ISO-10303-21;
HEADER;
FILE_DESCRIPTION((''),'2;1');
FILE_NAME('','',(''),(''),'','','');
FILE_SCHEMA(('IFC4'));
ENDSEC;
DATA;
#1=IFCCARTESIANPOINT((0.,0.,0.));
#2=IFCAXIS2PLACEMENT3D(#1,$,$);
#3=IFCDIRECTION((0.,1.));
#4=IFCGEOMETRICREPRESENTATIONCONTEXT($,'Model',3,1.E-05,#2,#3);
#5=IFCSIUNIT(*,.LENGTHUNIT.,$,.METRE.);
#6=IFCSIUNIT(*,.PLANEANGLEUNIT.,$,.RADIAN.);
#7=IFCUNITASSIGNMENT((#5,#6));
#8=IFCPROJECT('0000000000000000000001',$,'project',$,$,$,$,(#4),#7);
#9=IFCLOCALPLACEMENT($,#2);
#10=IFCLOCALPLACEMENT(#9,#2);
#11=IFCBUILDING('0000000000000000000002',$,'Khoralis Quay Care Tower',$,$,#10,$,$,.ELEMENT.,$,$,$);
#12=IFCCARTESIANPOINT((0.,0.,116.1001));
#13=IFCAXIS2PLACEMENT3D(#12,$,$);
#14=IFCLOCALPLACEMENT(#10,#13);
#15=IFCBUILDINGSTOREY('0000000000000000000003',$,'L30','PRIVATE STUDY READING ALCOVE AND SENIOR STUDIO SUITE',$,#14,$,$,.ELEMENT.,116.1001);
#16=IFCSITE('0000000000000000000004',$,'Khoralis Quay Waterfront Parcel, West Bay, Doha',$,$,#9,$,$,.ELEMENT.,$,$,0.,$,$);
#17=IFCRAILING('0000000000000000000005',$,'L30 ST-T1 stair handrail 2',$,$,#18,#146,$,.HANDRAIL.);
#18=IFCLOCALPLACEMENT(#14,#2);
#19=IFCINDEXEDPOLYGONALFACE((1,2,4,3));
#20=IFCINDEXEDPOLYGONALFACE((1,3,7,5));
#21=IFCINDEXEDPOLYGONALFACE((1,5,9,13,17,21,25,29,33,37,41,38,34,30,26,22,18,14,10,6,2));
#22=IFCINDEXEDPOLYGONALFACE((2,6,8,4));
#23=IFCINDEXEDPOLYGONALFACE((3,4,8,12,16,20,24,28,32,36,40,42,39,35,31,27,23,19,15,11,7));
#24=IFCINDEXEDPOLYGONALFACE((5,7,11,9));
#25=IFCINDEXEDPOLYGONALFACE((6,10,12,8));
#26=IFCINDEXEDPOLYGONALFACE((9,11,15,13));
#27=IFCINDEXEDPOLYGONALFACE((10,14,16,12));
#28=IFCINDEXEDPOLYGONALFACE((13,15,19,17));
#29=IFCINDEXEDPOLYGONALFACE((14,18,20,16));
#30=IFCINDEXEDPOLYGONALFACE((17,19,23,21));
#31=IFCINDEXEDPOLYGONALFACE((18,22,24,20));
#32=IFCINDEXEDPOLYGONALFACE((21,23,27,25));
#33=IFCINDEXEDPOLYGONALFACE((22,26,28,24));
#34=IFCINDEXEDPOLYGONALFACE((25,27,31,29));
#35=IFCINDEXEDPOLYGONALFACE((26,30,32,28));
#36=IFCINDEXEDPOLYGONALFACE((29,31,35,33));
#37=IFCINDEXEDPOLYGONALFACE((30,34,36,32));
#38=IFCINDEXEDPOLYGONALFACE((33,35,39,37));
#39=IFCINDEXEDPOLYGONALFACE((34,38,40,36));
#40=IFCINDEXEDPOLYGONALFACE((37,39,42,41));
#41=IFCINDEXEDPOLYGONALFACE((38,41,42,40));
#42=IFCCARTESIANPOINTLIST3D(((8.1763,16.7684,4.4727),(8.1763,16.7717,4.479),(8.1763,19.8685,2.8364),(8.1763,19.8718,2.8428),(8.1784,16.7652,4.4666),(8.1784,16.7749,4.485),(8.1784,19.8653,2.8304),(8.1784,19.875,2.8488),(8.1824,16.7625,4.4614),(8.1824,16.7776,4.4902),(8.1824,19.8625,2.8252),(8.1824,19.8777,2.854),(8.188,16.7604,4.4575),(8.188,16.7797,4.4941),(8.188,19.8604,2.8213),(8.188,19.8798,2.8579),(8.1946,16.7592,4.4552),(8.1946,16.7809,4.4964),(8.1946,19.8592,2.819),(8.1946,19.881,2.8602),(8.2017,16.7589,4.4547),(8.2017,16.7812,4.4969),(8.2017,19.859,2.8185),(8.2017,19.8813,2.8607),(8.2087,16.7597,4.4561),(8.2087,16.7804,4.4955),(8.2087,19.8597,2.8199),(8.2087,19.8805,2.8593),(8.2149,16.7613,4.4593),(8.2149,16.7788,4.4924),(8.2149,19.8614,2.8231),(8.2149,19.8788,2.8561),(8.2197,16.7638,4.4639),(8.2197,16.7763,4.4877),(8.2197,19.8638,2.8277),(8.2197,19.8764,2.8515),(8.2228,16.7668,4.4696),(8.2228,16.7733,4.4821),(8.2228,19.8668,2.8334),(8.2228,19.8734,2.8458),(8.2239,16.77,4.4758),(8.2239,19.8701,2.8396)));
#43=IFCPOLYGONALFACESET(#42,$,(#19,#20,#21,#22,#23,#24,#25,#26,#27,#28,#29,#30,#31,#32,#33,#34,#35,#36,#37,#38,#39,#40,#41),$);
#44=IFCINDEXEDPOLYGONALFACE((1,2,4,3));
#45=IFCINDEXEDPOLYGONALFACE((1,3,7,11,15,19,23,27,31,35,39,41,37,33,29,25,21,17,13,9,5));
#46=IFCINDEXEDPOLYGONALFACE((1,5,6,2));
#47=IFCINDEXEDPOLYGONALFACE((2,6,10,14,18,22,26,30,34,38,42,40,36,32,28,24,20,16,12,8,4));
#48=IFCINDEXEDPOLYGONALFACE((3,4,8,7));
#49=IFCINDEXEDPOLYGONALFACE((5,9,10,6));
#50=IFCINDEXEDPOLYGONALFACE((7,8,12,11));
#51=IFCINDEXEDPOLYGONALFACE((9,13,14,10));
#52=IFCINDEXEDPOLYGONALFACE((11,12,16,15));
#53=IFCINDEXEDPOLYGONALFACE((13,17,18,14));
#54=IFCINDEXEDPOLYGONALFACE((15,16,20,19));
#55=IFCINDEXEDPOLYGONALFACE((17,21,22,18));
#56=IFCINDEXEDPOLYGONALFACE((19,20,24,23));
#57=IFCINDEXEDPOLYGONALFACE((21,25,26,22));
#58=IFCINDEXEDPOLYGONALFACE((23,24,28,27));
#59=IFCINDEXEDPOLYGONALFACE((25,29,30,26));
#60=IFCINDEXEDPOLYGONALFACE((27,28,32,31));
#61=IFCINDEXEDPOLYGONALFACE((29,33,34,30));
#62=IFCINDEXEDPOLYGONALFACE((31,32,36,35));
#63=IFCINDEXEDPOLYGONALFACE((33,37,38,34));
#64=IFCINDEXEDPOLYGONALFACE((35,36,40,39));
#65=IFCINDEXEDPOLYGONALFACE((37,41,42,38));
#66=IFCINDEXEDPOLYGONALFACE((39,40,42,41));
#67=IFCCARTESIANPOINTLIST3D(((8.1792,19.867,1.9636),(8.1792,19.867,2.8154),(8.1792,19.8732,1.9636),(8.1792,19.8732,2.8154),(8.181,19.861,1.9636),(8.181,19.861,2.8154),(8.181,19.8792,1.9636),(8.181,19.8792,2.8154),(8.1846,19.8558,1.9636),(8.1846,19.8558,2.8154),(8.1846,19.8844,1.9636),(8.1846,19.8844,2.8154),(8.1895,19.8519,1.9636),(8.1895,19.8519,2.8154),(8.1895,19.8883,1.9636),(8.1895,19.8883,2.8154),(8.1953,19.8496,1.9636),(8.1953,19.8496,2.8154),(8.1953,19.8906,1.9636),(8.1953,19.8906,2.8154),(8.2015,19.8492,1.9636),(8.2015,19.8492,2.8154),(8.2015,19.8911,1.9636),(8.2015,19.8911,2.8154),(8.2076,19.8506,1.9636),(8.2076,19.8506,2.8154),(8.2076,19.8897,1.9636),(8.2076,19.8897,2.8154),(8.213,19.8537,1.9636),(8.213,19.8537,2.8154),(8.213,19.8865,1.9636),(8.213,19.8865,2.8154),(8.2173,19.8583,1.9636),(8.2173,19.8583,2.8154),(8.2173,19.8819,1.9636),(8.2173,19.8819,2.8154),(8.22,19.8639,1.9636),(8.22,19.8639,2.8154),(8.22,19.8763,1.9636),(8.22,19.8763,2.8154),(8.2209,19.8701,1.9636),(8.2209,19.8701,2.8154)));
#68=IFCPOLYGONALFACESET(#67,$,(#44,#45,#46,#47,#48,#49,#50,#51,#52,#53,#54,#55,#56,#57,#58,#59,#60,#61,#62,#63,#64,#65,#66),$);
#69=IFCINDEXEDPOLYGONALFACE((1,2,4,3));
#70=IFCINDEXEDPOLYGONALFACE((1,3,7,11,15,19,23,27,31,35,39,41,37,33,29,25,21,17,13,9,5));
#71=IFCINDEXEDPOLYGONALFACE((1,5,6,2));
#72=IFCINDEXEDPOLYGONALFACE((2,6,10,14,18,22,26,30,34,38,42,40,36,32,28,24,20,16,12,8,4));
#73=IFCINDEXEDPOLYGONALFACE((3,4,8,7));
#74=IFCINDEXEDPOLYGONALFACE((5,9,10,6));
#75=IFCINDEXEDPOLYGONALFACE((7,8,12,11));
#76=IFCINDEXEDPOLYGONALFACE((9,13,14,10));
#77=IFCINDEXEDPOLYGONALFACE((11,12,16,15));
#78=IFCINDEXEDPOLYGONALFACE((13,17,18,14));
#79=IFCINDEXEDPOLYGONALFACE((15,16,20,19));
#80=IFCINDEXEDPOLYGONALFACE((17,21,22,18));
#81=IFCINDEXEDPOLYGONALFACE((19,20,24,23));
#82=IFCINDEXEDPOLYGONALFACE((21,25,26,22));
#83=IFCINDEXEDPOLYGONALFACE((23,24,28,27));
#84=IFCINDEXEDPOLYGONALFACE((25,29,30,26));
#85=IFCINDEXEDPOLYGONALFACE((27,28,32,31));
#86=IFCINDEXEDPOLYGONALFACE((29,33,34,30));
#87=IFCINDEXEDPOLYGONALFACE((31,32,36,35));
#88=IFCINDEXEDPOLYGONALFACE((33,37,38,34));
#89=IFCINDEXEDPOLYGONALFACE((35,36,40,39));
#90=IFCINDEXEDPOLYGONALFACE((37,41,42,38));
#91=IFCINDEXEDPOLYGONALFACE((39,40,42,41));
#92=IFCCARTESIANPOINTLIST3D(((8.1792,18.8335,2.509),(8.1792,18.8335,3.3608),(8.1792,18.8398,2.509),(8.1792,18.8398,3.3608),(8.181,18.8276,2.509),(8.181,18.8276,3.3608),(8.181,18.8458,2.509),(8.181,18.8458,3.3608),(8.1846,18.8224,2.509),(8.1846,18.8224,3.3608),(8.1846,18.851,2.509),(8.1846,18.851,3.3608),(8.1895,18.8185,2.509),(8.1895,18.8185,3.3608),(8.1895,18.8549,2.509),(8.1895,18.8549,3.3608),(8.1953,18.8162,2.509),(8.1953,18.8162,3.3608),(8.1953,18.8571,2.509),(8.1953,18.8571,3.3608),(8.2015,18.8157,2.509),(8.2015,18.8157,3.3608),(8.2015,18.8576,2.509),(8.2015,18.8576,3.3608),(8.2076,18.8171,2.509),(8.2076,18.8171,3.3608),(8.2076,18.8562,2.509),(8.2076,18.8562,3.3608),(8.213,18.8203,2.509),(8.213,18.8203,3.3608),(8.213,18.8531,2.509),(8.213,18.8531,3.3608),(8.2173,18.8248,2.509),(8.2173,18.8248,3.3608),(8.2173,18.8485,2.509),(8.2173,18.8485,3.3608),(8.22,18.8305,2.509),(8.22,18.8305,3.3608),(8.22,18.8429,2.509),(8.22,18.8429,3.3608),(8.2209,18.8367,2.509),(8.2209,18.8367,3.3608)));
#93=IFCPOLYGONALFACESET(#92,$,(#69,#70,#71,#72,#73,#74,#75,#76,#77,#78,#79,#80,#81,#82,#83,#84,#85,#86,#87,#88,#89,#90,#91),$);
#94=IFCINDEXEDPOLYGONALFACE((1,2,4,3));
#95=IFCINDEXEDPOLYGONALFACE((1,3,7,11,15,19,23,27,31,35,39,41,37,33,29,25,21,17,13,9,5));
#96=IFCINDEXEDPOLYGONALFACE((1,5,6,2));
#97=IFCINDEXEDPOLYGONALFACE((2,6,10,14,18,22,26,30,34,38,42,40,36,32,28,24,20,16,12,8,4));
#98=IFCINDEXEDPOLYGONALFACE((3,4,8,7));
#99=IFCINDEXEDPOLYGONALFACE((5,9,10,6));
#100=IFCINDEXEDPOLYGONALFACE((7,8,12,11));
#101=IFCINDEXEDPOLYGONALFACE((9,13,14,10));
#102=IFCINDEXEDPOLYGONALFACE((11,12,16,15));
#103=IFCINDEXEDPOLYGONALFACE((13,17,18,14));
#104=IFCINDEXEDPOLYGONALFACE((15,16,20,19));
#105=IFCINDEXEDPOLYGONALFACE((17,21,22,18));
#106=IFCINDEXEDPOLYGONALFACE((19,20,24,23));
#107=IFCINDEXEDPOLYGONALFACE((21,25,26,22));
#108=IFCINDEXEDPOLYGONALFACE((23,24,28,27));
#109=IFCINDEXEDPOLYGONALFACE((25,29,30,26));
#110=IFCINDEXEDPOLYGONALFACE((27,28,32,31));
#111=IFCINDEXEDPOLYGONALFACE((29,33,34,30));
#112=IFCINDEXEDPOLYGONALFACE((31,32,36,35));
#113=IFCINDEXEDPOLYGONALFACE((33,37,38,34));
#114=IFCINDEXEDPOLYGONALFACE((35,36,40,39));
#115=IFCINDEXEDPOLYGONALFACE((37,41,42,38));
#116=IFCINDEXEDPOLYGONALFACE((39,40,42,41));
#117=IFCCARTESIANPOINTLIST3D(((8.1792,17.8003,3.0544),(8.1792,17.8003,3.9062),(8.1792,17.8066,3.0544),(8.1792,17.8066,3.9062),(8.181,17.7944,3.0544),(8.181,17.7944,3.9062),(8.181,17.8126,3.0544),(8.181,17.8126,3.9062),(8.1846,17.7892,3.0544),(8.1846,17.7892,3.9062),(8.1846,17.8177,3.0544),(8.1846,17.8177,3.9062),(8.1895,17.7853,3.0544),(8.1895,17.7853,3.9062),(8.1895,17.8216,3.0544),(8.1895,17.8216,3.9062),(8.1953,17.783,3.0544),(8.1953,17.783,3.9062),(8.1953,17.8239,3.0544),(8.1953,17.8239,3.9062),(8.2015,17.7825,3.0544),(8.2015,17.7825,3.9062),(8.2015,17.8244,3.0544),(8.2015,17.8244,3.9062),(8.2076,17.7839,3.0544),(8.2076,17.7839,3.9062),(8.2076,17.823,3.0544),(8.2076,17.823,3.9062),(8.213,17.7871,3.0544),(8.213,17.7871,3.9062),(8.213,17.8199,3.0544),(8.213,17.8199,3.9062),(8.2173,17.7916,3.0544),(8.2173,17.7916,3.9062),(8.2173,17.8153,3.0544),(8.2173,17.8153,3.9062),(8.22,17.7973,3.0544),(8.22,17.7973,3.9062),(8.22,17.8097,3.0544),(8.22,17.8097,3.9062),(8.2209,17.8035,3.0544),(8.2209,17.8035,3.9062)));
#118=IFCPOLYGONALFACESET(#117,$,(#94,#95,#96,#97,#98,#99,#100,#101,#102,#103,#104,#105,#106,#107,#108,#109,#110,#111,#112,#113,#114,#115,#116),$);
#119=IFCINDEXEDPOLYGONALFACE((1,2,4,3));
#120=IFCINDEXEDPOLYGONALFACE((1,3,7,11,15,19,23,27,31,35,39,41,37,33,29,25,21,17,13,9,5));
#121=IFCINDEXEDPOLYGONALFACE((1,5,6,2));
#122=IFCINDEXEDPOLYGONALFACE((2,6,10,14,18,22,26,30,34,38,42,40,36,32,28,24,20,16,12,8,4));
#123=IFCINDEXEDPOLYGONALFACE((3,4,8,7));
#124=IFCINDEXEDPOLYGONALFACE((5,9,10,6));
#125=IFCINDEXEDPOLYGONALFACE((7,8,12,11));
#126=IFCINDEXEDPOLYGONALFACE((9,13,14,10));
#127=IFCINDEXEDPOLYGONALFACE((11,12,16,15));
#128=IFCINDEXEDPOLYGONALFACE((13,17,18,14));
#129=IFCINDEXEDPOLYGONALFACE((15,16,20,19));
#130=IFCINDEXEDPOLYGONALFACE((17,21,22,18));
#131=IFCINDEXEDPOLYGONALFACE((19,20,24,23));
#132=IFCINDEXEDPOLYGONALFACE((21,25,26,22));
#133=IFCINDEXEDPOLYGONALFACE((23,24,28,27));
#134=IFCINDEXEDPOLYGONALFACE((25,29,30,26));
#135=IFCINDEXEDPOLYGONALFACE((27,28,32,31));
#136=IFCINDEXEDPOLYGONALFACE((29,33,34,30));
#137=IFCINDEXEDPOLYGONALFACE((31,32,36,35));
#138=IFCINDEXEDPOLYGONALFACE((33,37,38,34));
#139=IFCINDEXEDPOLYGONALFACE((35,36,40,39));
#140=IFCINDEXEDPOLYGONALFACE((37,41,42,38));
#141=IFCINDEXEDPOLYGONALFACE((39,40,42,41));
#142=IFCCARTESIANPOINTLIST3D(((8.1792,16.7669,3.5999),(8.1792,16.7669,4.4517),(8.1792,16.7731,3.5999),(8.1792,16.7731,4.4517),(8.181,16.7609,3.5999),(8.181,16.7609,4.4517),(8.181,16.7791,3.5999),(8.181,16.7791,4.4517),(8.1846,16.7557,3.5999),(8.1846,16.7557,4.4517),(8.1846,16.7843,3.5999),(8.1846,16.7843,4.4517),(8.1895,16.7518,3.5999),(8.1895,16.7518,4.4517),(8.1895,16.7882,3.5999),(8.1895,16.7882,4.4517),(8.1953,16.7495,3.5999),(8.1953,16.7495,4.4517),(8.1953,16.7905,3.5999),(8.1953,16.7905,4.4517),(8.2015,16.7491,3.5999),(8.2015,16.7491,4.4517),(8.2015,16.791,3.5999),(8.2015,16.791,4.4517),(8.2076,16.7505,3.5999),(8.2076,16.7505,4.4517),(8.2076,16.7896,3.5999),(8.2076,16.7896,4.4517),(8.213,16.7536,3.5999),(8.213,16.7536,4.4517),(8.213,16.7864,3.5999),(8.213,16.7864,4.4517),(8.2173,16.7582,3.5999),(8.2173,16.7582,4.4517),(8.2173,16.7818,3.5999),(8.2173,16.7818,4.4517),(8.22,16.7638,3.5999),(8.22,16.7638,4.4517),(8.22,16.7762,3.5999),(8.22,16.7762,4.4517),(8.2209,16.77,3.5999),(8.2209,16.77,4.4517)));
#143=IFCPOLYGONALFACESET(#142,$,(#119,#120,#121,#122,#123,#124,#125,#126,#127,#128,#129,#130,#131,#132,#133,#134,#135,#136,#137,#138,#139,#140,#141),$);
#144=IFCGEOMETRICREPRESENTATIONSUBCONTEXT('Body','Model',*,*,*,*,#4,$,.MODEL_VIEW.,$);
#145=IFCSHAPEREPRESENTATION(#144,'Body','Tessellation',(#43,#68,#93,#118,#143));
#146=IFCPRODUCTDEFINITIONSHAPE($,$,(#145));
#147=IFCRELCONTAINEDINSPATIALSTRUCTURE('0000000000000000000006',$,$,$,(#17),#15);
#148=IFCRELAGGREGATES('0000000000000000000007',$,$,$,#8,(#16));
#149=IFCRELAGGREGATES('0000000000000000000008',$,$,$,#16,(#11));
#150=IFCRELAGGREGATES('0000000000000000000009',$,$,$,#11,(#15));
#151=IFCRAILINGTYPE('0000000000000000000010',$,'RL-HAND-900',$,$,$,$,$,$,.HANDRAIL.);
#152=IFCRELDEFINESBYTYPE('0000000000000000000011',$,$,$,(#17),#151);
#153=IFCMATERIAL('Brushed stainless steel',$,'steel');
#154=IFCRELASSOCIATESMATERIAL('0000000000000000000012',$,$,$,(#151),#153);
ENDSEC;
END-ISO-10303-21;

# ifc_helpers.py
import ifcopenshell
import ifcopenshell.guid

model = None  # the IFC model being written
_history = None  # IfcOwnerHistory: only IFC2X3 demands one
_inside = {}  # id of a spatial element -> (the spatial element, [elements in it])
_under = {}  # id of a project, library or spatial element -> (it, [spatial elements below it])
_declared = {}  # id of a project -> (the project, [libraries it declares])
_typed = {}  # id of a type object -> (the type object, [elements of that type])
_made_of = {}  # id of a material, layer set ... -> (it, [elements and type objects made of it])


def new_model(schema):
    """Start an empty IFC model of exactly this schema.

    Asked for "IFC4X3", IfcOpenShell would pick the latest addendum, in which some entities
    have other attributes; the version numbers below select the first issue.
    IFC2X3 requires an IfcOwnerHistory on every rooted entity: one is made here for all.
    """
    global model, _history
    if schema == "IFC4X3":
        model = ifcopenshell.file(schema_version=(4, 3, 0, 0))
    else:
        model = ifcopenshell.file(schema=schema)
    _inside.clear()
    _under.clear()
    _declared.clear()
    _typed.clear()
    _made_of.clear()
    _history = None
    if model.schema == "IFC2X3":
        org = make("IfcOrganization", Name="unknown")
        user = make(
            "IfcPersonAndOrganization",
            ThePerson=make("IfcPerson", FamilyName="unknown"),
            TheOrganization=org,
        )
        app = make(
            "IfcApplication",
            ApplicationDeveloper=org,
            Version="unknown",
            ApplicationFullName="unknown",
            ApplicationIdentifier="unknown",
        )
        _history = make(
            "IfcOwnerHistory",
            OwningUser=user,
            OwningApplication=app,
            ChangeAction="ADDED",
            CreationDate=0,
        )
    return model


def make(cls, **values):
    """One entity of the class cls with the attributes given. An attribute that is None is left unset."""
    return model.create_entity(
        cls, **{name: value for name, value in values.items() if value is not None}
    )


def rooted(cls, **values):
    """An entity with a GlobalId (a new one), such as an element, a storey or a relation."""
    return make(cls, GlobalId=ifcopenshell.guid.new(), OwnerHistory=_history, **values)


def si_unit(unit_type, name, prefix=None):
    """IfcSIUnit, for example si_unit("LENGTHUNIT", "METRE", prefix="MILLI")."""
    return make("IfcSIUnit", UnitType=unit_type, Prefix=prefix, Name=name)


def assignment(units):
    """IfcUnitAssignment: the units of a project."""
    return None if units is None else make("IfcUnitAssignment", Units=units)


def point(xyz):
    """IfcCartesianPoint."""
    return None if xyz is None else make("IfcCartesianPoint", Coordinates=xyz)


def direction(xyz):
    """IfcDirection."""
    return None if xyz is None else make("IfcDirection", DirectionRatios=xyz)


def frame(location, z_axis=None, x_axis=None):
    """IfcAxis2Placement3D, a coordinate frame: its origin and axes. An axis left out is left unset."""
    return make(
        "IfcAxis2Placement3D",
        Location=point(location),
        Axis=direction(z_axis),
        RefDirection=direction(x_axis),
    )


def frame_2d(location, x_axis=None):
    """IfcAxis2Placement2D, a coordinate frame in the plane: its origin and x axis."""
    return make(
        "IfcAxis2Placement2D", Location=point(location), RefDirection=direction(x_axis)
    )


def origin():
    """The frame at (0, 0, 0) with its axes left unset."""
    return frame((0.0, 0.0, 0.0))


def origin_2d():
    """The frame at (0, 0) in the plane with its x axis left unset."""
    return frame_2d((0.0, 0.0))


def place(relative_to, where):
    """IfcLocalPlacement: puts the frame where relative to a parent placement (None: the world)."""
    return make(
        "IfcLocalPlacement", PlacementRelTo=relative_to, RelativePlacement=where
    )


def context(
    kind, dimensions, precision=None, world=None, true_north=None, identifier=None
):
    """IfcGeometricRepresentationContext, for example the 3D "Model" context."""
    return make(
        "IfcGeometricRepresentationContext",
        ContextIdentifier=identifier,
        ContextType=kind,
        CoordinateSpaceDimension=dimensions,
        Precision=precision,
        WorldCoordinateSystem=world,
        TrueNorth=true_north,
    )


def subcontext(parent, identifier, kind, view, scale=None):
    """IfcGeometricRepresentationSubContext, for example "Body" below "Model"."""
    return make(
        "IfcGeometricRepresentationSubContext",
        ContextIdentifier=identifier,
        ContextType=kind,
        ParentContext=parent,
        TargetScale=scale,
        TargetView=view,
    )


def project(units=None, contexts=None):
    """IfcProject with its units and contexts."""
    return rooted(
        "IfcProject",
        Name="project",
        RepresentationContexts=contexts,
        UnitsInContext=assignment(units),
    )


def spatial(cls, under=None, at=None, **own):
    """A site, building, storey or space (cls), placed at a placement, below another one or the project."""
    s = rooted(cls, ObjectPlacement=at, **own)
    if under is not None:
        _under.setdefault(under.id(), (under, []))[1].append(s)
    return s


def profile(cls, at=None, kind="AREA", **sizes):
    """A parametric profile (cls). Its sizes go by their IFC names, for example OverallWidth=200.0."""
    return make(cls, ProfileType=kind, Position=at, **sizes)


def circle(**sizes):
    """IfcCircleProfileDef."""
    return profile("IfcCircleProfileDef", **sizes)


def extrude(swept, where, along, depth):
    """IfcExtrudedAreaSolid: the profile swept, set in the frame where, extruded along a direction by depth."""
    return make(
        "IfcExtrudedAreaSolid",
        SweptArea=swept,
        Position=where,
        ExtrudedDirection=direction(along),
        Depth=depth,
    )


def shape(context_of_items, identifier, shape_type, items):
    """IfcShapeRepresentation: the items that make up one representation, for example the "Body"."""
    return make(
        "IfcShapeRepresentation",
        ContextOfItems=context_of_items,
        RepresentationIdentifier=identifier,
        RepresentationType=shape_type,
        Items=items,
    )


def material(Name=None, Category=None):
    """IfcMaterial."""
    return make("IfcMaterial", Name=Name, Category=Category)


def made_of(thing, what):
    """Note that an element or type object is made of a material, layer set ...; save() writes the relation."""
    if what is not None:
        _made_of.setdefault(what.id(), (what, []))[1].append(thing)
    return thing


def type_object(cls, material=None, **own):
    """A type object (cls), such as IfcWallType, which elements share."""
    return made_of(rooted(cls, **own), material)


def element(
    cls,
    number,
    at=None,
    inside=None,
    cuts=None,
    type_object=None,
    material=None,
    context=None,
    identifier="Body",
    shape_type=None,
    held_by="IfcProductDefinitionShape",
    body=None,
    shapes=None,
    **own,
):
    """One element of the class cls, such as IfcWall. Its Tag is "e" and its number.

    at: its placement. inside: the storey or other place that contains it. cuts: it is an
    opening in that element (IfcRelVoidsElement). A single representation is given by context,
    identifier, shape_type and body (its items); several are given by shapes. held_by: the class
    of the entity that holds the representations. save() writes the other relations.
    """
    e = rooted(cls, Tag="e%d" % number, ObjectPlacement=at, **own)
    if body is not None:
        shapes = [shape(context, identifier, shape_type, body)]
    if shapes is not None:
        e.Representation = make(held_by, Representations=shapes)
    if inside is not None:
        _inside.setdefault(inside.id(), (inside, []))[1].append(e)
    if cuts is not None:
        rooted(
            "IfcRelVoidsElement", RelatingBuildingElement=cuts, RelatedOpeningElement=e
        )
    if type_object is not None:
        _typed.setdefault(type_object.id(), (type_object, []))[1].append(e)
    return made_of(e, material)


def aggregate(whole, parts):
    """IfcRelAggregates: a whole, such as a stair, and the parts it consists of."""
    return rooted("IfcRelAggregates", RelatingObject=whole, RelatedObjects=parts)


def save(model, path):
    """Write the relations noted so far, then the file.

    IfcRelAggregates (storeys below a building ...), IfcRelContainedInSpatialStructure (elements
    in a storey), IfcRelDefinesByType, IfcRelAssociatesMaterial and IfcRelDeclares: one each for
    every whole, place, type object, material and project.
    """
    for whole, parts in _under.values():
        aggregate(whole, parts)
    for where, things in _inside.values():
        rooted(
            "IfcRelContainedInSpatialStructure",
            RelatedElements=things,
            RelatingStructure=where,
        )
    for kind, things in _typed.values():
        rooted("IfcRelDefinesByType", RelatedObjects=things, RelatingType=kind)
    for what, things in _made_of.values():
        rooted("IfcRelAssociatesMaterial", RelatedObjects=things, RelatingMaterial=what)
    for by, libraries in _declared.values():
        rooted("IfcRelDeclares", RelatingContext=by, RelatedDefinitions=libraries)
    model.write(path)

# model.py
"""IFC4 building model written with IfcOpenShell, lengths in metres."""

from ifc_helpers import new_model, si_unit, direction, frame, origin, origin_2d, place, context, subcontext, project, spatial, circle, extrude, material, type_object, element, save


model = new_model("IFC4")

# Units and contexts
model_context = context("Model", 3, precision=1e-05, world=origin(), true_north=direction((0.0, 1.0)))
body_context = subcontext(model_context, "Body", "Model", "MODEL_VIEW")
ifc_project = project(units=[si_unit("LENGTHUNIT", "METRE"), si_unit("PLANEANGLEUNIT", "RADIAN")], contexts=[model_context])

# Site, building, storey
site_placement = place(None, origin())
site = spatial("IfcSite", under=ifc_project, at=site_placement, Name="Khoralis Quay Waterfront Parcel, West Bay, Doha", CompositionType="ELEMENT", RefElevation=0.0)
building_placement = place(site_placement, origin())
building = spatial("IfcBuilding", under=site, at=building_placement, Name="Khoralis Quay Care Tower", CompositionType="ELEMENT")
storey_placement = place(building_placement, frame((0.0, 0.0, 116.1001)))
storey = spatial("IfcBuildingStorey", under=building, at=storey_placement, Name="L30", Description="PRIVATE STUDY READING ALCOVE AND SENIOR STUDIO SUITE", CompositionType="ELEMENT", Elevation=116.1001)

# Railing
ifc_material_1 = material(Name="Brushed stainless steel", Category="steel")
railing_type_1 = type_object("IfcRailingType", Name="RL-HAND-900", PredefinedType="HANDRAIL", material=ifc_material_1)
railing_1_placement = place(storey_placement, frame((8.2, 19.8701, 1.9636)))
element("IfcRailing", 1, at=railing_1_placement, inside=storey, type_object=railing_type_1, Name="L30 ST-T1 stair handrail 2", PredefinedType="HANDRAIL", context=body_context, shape_type="SweptSolid", body=[
    extrude(circle(Radius=0.0239, at=origin_2d()), frame((0.0, 0.0, 0.876), z_axis=(0.0, -0.884377, 0.466774), x_axis=(1.0, 0.0, 0.0)), (0.0, 0.0, 1.0), 3.5054),
    extrude(circle(Radius=0.021, at=origin_2d()), origin(), (0.0, 0.0, 1.0), 0.8518),
    extrude(circle(Radius=0.021, at=origin_2d()), frame((0.0, -1.0334, 0.5454)), (0.0, 0.0, 1.0), 0.8518),
    extrude(circle(Radius=0.021, at=origin_2d()), frame((0.0, -2.0667, 1.0908)), (0.0, 0.0, 1.0), 0.8518),
    extrude(circle(Radius=0.021, at=origin_2d()), frame((0.0, -3.1001, 1.6362)), (0.0, 0.0, 1.0), 0.8518),
])

save(model, "model.ifc")
